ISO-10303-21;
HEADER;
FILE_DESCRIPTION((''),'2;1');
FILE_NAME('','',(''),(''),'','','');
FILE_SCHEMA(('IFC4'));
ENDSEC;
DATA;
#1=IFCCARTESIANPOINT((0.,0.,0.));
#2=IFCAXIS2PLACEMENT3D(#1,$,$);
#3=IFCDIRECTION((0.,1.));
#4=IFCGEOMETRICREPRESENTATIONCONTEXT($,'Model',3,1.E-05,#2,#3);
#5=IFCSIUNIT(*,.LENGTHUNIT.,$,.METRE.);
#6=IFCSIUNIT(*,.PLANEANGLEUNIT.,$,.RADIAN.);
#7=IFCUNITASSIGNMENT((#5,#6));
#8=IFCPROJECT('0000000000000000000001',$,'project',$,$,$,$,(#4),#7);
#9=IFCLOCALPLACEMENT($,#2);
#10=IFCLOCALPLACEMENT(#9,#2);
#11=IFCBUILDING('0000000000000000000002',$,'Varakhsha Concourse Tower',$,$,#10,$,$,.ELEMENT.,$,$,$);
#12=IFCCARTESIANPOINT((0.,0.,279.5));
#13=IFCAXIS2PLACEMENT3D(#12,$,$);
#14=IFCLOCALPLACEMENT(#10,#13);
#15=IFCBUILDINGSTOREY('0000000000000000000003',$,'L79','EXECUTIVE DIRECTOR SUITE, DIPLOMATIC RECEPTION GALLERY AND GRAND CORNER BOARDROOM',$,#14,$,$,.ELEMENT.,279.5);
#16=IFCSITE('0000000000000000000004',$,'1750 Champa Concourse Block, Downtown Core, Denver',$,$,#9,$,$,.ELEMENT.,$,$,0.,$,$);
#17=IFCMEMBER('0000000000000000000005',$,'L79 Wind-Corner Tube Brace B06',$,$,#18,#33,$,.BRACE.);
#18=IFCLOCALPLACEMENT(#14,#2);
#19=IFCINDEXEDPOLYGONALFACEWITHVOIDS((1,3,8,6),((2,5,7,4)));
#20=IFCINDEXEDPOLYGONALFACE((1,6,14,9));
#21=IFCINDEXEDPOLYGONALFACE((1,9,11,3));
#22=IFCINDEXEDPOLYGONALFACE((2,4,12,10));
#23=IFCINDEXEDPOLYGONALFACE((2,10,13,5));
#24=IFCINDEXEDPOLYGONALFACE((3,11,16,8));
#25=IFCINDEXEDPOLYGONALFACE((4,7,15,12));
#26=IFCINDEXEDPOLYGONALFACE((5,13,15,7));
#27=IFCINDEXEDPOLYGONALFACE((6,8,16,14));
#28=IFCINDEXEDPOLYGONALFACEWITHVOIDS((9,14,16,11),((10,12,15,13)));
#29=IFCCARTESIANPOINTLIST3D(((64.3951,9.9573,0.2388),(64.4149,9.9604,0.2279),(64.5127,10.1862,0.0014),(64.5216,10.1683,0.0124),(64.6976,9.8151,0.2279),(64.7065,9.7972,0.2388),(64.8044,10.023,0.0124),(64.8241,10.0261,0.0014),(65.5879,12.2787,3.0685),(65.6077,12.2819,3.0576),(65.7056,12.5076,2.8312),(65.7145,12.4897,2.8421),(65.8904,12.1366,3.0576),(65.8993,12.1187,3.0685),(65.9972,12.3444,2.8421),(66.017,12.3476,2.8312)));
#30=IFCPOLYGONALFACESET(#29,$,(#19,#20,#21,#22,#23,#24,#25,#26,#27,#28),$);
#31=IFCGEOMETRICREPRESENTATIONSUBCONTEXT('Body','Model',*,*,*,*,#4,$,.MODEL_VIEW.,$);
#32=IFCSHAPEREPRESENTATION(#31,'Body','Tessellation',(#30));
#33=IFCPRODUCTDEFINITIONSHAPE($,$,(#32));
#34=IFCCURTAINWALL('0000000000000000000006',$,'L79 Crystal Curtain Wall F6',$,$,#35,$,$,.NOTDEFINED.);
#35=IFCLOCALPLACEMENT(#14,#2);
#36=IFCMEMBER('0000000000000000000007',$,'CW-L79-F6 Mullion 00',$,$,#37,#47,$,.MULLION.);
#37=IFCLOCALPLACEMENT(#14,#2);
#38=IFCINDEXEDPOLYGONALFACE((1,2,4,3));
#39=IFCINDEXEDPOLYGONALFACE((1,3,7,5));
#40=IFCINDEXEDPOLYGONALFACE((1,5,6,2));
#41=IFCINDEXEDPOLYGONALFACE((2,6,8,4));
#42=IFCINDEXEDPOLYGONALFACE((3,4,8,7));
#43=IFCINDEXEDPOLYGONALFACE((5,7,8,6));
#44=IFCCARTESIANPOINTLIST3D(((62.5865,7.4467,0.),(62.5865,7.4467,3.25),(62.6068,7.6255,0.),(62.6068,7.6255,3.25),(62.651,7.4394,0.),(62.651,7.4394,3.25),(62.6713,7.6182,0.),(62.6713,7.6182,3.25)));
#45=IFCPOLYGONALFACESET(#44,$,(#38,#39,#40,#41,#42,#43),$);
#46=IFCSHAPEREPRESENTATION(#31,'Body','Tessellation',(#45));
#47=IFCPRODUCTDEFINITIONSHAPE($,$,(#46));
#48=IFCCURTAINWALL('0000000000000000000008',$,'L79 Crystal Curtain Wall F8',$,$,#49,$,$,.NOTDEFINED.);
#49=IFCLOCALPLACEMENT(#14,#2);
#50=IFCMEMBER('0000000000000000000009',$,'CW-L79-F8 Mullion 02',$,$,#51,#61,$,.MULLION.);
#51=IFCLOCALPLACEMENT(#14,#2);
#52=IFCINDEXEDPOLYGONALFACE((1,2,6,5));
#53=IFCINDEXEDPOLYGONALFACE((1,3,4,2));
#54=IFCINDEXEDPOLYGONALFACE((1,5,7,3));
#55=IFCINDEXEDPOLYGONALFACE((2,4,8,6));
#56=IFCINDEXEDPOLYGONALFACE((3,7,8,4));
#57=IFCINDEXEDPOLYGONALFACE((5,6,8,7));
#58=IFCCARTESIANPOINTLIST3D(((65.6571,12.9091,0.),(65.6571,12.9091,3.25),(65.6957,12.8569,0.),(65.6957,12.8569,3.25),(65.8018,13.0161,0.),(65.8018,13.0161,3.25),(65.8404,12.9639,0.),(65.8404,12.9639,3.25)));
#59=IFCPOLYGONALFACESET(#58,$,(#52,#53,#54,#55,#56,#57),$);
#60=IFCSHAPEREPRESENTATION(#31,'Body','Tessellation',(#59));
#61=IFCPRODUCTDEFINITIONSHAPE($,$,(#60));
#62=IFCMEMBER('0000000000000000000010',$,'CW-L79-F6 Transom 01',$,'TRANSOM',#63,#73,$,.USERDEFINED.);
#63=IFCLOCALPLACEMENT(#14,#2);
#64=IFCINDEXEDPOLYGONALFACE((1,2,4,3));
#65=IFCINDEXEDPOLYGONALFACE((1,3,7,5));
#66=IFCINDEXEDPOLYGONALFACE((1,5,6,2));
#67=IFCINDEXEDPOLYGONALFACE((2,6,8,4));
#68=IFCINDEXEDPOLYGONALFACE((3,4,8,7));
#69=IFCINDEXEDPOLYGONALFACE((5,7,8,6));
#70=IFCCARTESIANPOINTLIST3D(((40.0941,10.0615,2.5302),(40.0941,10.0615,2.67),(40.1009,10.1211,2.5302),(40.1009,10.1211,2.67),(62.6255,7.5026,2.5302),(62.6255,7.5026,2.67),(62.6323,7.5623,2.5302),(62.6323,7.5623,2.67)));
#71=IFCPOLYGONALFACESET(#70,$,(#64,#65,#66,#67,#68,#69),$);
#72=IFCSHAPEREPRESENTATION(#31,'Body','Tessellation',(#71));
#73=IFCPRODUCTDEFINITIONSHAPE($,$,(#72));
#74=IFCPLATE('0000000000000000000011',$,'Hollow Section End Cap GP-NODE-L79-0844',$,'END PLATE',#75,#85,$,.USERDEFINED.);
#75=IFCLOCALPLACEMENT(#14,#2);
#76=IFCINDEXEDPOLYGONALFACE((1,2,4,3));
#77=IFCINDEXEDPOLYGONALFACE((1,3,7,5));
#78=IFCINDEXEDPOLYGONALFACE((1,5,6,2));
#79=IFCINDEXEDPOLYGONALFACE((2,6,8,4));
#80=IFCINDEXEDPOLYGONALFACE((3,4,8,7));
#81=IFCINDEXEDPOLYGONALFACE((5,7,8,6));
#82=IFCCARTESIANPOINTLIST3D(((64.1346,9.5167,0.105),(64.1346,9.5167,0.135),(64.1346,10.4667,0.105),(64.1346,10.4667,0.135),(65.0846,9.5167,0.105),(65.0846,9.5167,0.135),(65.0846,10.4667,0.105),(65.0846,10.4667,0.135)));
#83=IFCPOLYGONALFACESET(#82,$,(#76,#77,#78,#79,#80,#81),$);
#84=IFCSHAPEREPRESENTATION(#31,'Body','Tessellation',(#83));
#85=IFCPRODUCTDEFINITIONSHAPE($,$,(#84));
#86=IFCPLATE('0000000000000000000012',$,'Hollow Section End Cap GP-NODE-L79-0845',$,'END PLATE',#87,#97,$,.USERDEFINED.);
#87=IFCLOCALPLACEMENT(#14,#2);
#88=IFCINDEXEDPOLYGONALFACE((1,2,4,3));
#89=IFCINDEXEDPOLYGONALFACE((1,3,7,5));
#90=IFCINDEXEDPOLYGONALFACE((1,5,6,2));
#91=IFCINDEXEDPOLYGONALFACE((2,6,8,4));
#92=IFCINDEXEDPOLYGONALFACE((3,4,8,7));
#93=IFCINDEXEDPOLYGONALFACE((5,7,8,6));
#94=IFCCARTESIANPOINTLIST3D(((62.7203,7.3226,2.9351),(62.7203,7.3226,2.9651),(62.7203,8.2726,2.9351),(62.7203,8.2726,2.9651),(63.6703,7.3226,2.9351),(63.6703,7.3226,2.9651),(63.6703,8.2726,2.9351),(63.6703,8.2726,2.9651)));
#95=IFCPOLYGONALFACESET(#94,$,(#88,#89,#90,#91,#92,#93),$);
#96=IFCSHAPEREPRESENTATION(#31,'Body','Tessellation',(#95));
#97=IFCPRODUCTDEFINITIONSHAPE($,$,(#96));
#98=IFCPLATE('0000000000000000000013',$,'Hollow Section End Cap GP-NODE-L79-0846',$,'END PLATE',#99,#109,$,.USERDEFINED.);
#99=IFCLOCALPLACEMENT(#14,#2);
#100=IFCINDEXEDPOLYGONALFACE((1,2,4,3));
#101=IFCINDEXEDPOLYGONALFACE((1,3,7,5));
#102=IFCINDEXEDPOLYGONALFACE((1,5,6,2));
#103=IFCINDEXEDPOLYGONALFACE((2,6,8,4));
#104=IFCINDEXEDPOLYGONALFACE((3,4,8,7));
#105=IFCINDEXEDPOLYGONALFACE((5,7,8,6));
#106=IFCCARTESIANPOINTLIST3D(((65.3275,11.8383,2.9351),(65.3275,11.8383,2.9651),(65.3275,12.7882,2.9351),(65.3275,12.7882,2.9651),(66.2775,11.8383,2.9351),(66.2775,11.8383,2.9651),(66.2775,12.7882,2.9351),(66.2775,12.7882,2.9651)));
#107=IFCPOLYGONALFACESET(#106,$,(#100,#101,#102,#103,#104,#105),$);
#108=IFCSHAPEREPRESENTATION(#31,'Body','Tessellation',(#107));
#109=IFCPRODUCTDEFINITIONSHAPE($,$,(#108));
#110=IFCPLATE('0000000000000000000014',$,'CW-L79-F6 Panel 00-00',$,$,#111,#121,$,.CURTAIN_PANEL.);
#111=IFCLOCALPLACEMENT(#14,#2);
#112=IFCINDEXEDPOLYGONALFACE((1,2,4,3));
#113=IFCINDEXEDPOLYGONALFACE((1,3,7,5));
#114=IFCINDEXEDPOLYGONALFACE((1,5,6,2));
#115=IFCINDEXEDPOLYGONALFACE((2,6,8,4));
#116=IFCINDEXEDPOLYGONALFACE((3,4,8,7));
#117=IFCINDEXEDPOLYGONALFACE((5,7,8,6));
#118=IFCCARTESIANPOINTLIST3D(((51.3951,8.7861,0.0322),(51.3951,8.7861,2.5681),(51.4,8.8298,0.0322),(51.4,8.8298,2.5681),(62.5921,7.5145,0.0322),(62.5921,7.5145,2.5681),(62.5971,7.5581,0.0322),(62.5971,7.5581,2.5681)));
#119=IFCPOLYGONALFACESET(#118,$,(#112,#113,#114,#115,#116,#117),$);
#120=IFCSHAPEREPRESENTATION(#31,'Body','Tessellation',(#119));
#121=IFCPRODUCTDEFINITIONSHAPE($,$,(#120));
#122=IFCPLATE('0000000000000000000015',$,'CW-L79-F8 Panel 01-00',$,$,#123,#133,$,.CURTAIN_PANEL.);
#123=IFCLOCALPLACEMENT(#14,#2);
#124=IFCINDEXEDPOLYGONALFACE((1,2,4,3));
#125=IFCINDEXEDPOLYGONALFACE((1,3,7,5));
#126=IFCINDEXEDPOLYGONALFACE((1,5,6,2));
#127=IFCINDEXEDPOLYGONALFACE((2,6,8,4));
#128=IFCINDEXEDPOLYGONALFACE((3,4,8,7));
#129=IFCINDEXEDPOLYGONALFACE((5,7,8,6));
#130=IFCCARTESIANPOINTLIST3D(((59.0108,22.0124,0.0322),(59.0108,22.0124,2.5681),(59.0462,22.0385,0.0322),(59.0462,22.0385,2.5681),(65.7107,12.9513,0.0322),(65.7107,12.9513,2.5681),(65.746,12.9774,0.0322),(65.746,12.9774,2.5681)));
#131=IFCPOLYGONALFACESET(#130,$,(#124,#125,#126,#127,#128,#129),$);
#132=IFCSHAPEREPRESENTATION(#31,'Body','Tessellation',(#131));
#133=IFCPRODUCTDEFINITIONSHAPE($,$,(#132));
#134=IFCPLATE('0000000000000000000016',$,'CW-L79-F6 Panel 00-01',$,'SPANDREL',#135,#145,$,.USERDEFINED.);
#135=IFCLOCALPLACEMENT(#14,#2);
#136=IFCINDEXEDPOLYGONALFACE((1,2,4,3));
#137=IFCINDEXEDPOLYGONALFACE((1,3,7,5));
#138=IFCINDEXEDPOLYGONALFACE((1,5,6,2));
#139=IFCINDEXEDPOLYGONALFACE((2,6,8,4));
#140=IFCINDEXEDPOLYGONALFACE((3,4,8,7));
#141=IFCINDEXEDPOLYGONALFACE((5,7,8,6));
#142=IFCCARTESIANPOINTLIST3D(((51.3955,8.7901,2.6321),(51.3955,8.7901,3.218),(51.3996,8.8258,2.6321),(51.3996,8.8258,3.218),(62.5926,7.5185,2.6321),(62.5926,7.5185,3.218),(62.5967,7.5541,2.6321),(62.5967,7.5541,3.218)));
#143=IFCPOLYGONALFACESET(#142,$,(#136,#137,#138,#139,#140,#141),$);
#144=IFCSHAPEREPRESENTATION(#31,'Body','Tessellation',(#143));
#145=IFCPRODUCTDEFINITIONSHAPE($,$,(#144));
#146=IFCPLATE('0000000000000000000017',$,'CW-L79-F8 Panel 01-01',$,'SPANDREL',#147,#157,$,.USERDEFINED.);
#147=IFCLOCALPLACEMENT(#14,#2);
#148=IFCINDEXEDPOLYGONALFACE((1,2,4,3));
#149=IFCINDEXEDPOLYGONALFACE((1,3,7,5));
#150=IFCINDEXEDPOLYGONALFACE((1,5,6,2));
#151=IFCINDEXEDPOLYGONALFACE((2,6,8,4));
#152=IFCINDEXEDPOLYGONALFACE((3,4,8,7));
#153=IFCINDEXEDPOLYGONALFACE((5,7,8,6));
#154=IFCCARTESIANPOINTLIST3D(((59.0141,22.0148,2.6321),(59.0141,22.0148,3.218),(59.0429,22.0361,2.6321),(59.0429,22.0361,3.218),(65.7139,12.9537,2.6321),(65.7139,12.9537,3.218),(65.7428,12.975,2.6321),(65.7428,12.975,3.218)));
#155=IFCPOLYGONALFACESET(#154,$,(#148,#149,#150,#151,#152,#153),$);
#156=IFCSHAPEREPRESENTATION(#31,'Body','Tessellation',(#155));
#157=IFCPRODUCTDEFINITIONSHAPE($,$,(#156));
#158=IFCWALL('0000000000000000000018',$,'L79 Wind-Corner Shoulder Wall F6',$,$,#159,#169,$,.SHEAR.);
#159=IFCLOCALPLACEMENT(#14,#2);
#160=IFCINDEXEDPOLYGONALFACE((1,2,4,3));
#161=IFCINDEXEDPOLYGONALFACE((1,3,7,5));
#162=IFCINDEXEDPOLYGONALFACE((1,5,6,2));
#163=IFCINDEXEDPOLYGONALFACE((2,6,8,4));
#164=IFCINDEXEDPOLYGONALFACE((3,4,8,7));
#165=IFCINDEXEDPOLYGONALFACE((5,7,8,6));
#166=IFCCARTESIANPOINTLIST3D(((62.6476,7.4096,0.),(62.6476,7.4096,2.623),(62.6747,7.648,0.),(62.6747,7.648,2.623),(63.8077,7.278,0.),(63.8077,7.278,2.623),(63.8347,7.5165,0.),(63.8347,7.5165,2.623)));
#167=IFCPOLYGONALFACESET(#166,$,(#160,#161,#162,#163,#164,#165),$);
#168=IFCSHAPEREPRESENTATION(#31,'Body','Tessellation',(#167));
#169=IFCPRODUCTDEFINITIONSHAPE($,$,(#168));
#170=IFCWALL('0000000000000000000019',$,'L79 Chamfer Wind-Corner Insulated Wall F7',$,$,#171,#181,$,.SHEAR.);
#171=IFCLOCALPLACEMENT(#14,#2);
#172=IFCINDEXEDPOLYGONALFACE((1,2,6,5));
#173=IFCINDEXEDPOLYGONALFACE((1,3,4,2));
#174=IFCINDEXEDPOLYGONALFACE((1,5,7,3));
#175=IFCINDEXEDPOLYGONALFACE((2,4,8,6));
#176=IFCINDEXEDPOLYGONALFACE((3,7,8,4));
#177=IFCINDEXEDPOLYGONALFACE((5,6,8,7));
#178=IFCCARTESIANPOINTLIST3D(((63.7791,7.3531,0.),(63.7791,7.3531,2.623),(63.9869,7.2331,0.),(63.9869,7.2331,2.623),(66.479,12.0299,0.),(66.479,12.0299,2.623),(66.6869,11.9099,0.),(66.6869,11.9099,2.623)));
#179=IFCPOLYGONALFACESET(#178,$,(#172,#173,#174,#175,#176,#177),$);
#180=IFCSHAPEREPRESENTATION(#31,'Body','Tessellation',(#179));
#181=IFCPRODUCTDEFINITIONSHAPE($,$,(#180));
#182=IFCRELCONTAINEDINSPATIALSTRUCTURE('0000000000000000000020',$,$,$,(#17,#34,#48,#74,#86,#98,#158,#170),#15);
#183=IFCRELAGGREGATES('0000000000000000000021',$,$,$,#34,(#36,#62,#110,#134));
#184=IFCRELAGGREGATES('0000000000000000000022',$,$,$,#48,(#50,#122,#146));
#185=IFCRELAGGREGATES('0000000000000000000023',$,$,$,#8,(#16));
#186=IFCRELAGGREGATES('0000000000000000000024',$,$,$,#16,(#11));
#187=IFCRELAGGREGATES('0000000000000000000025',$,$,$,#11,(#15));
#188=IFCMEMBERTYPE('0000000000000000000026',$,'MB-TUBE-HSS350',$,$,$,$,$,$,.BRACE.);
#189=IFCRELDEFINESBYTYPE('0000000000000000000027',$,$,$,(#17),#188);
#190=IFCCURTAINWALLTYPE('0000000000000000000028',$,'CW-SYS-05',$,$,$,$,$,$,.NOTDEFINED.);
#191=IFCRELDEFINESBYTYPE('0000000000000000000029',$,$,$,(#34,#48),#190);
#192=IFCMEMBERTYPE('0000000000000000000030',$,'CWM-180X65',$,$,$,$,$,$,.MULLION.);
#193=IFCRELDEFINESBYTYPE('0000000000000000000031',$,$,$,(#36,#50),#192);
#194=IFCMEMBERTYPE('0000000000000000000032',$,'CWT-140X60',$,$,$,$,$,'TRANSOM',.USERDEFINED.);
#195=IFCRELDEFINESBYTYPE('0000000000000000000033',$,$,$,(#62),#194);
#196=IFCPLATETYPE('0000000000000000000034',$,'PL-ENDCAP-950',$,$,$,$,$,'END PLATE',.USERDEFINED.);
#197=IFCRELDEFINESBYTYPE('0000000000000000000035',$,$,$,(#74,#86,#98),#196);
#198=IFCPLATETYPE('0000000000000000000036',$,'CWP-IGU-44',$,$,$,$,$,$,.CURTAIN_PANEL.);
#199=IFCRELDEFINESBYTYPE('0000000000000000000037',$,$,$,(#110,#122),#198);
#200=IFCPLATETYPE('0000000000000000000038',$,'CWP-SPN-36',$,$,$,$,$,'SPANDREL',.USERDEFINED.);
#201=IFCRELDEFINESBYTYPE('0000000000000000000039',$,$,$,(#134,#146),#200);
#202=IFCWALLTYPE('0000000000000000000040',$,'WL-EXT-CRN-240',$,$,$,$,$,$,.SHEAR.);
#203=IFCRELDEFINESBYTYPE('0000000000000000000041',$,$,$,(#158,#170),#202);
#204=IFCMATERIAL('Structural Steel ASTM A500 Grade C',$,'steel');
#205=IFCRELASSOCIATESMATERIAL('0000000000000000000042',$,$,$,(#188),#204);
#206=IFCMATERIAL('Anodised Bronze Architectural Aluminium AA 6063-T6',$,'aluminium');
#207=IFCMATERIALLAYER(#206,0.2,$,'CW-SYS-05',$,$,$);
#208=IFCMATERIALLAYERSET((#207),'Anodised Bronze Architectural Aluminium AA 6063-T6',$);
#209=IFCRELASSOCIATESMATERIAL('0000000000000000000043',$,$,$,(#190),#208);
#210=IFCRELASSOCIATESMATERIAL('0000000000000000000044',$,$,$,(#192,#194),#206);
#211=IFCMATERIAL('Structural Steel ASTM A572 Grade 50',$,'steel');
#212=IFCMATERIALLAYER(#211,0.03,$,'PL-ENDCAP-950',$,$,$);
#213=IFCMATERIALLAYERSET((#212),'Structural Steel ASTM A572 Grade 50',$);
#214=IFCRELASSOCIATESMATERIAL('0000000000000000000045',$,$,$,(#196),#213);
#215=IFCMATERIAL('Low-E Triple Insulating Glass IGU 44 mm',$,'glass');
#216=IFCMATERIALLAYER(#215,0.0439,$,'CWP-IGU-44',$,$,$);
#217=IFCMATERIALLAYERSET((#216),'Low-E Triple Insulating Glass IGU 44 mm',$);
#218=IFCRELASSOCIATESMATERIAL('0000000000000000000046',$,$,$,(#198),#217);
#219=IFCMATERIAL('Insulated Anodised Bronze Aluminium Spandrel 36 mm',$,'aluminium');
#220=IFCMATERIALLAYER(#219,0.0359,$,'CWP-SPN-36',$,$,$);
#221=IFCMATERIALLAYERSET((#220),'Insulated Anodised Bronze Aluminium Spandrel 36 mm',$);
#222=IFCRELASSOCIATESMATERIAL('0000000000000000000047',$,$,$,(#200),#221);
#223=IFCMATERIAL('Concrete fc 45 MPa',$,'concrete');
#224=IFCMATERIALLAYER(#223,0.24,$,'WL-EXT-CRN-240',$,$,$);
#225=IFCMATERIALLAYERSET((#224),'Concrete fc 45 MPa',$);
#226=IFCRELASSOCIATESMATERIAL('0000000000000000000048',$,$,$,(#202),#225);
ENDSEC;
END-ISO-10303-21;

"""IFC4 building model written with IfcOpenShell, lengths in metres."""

from ifc_helpers import new_model, si_unit, direction, frame, frame_2d, origin, origin_2d, place, context, subcontext, project, spatial, rectangle, hollow_rectangle, extrude, source, transform, mapped, material, layer, layer_set, material_profile, profile_set, type_object, type_shapes, element, aggregate, save


model = new_model("IFC4")

# Units and contexts
model_context = context("Model", 3, precision=1e-05, world=origin(), true_north=direction((0.0, 1.0)))
body_context = subcontext(model_context, "Body", "Model", "MODEL_VIEW")
ifc_project = project(units=[si_unit("LENGTHUNIT", "METRE"), si_unit("PLANEANGLEUNIT", "RADIAN")], contexts=[model_context])

# Site, building, storey
site_placement = place(None, origin())
site = spatial("IfcSite", under=ifc_project, at=site_placement, Name="1750 Champa Concourse Block, Downtown Core, Denver", CompositionType="ELEMENT", RefElevation=0.0)
building_placement = place(site_placement, origin())
building = spatial("IfcBuilding", under=site, at=building_placement, Name="Varakhsha Concourse Tower", CompositionType="ELEMENT")
storey_placement = place(building_placement, frame((0.0, 0.0, 279.5)))
storey = spatial("IfcBuildingStorey", under=building, at=storey_placement, Name="L79", Description="EXECUTIVE DIRECTOR SUITE, DIPLOMATIC RECEPTION GALLERY AND GRAND CORNER BOARDROOM", CompositionType="ELEMENT", Elevation=279.5)

# Shared definitions
ifc_material_1 = material(Name="Structural Steel ASTM A572 Grade 50", Category="steel")

# Member
ifc_material_2 = material(Name="Structural Steel ASTM A500 Grade C", Category="steel")
ifc_material_profile_1 = material_profile(ifc_material_2, hollow_rectangle(XDim=0.3501, YDim=0.3501, WallThickness=0.0161, at=origin_2d()), Name="HSS 350x350x16")
ifc_profile_set_1 = profile_set([ifc_material_profile_1], Name="Structural Steel ASTM A500 Grade C")
member_type_1 = type_object("IfcMemberType", Name="MB-TUBE-HSS350", PredefinedType="BRACE", material=ifc_profile_set_1)
shared_shape_1 = source(origin(), body_context, "Body", "SweptSolid", [
    extrude(hollow_rectangle(XDim=0.3501, YDim=0.3501, WallThickness=0.0161, at=origin_2d()), origin(), (0.0, 0.0, 1.0), 3.8496),
])
member_1_placement = place(storey_placement, frame((64.6096, 9.9917, 0.1201), z_axis=(0.309858, 0.603038, 0.735073), x_axis=(-0.889453, 0.457027, 0.0)))
element("IfcMember", 1, at=member_1_placement, inside=storey, type_object=member_type_1, Name="L79 Wind-Corner Tube Brace B06", PredefinedType="BRACE", context=body_context, shape_type="MappedRepresentation", body=[
    mapped(shared_shape_1, transform((0.0, 0.0, 0.0), scale=1.0)),
])

# Curtain walls, members
ifc_material_3 = material(Name="Anodised Bronze Architectural Aluminium AA 6063-T6", Category="aluminium")
ifc_layer_1 = layer(ifc_material_3, 0.2, Name="CW-SYS-05")
ifc_layer_set_1 = layer_set([ifc_layer_1], Name="Anodised Bronze Architectural Aluminium AA 6063-T6")
curtain_wall_type = type_object("IfcCurtainWallType", Name="CW-SYS-05", PredefinedType="NOTDEFINED", material=ifc_layer_set_1)
curtain_wall_1_placement = place(storey_placement, origin())
curtain_wall_1 = element("IfcCurtainWall", 2, at=curtain_wall_1_placement, inside=storey, type_object=curtain_wall_type, Name="L79 Crystal Curtain Wall F6", PredefinedType="NOTDEFINED")
ifc_material_profile_2 = material_profile(ifc_material_3, rectangle(XDim=0.0649, YDim=0.1799, at=origin_2d()), Name="CWM-180X65")
ifc_profile_set_2 = profile_set([ifc_material_profile_2], Name="Anodised Bronze Architectural Aluminium AA 6063-T6")
member_type_2 = type_object("IfcMemberType", Name="CWM-180X65", PredefinedType="MULLION", material=ifc_profile_set_2)
shared_shape_2 = source(origin(), body_context, "Body", "SweptSolid", [
    extrude(rectangle(XDim=0.0649, YDim=0.1799, at=origin_2d()), origin(), (0.0, 0.0, 1.0), 3.25),
])
type_shapes(member_type_2, [shared_shape_2])
member_2_placement = place(storey_placement, frame((62.6289, 7.5325, 0.0), z_axis=(0.0, 0.0, 1.0), x_axis=(-0.993613, 0.112844, 0.0)))
member_2 = element("IfcMember", 3, at=member_2_placement, type_object=member_type_2, Name="CW-L79-F6 Mullion 00", PredefinedType="MULLION", context=body_context, shape_type="MappedRepresentation", body=[
    mapped(shared_shape_2, transform((0.0, 0.0, 0.0), scale=1.0)),
])
curtain_wall_2_placement = place(storey_placement, origin())
curtain_wall_2 = element("IfcCurtainWall", 4, at=curtain_wall_2_placement, inside=storey, type_object=curtain_wall_type, Name="L79 Crystal Curtain Wall F8", PredefinedType="NOTDEFINED")
member_3_placement = place(storey_placement, frame((65.7488, 12.9365, 0.0), z_axis=(0.0, 0.0, 1.0), x_axis=(0.594534, -0.804071, 0.0)))
member_3 = element("IfcMember", 5, at=member_3_placement, type_object=member_type_2, Name="CW-L79-F8 Mullion 02", PredefinedType="MULLION", context=body_context, shape_type="MappedRepresentation", body=[
    mapped(shared_shape_2, transform((0.0, 0.0, 0.0), scale=1.0)),
])

# Member
ifc_material_profile_3 = material_profile(ifc_material_3, rectangle(XDim=0.0601, YDim=0.1399, at=origin_2d()), Name="CWT-140X60")
ifc_profile_set_3 = profile_set([ifc_material_profile_3], Name="Anodised Bronze Architectural Aluminium AA 6063-T6")
member_type_3 = type_object("IfcMemberType", Name="CWT-140X60", ElementType="TRANSOM", PredefinedType="USERDEFINED", material=ifc_profile_set_3)
shared_shape_3 = source(origin(), body_context, "Body", "SweptSolid", [
    extrude(rectangle(XDim=0.0601, YDim=0.1399, at=origin_2d()), origin(), (0.0, 0.0, 1.0), 22.6763),
])
type_shapes(member_type_3, [shared_shape_3])
member_4_placement = place(storey_placement, frame((62.6289, 7.5325, 2.6001), z_axis=(-0.993613, 0.112842, 0.0), x_axis=(-0.112842, -0.993613, 0.0)))
member_4 = element("IfcMember", 6, at=member_4_placement, type_object=member_type_3, Name="CW-L79-F6 Transom 01", ObjectType="TRANSOM", PredefinedType="USERDEFINED", context=body_context, shape_type="MappedRepresentation", body=[
    mapped(shared_shape_3, transform((0.0, 0.0, 0.0), scale=1.0)),
])

# Plates
ifc_layer_2 = layer(ifc_material_1, 0.03, Name="PL-ENDCAP-950")
ifc_layer_set_2 = layer_set([ifc_layer_2], Name="Structural Steel ASTM A572 Grade 50")
plate_type_1 = type_object("IfcPlateType", Name="PL-ENDCAP-950", ElementType="END PLATE", PredefinedType="USERDEFINED", material=ifc_layer_set_2)
shared_shape_4 = source(origin(), body_context, "Body", "SweptSolid", [
    extrude(rectangle(XDim=0.95, YDim=0.95, at=origin_2d()), origin(), (0.0, 0.0, 1.0), 0.03),
])
type_shapes(plate_type_1, [shared_shape_4])
for number, where, z_axis, x_axis, name in (
    (7, (64.6096, 9.9917, 0.105), (0.0, 0.0, 1.0), (1.0, 0.0, 0.0), "Hollow Section End Cap GP-NODE-L79-0844"),
    (8, (63.1953, 7.7976, 2.9351), (0.0, 0.0, 1.0), (1.0, 0.0, 0.0), "Hollow Section End Cap GP-NODE-L79-0845"),
    (9, (65.8025, 12.3132, 2.9351), (0.0, 0.0, 1.0), (1.0, 0.0, 0.0), "Hollow Section End Cap GP-NODE-L79-0846"),
):
    element("IfcPlate", number, at=place(storey_placement, frame(where, z_axis=z_axis, x_axis=x_axis)), inside=storey, type_object=plate_type_1, Name=name, ObjectType="END PLATE", PredefinedType="USERDEFINED", context=body_context, shape_type="MappedRepresentation", body=[
        mapped(shared_shape_4, transform((0.0, 0.0, 0.0), scale=1.0)),
    ])

# Plates
ifc_material_4 = material(Name="Low-E Triple Insulating Glass IGU 44 mm", Category="glass")
ifc_layer_3 = layer(ifc_material_4, 0.0439, Name="CWP-IGU-44")
ifc_layer_set_3 = layer_set([ifc_layer_3], Name="Low-E Triple Insulating Glass IGU 44 mm")
plate_type_2 = type_object("IfcPlateType", Name="CWP-IGU-44", PredefinedType="CURTAIN_PANEL", material=ifc_layer_set_3)
shared_shape_5 = source(origin(), body_context, "Body", "SweptSolid", [
    extrude(rectangle(XDim=11.269, YDim=0.0439, at=origin_2d()), origin(), (0.0, 0.0, 1.0), 2.5359),
])
type_shapes(plate_type_2, [shared_shape_5])
plate_1_placement = place(storey_placement, frame((56.9961, 8.1721, 0.0322), z_axis=(0.0, 0.0, 1.0), x_axis=(-0.993613, 0.112844, 0.0)))
plate_1 = element("IfcPlate", 10, at=plate_1_placement, type_object=plate_type_2, Name="CW-L79-F6 Panel 00-00", PredefinedType="CURTAIN_PANEL", context=body_context, shape_type="MappedRepresentation", body=[
    mapped(shared_shape_5, transform((0.0, 0.0, 0.0), scale=1.0)),
])
plate_2_placement = place(storey_placement, frame((62.3784, 17.4949, 0.0322), z_axis=(0.0, 0.0, 1.0), x_axis=(0.594534, -0.804071, 0.0)))
plate_2 = element("IfcPlate", 11, at=plate_2_placement, type_object=plate_type_2, Name="CW-L79-F8 Panel 01-00", PredefinedType="CURTAIN_PANEL", context=body_context, shape_type="MappedRepresentation", body=[
    mapped(shared_shape_5, transform((0.0, 0.0, 0.0), scale=1.0)),
])
ifc_material_5 = material(Name="Insulated Anodised Bronze Aluminium Spandrel 36 mm", Category="aluminium")
ifc_layer_4 = layer(ifc_material_5, 0.0359, Name="CWP-SPN-36")
ifc_layer_set_4 = layer_set([ifc_layer_4], Name="Insulated Anodised Bronze Aluminium Spandrel 36 mm")
plate_type_3 = type_object("IfcPlateType", Name="CWP-SPN-36", ElementType="SPANDREL", PredefinedType="USERDEFINED", material=ifc_layer_set_4)
shared_shape_6 = source(origin(), body_context, "Body", "SweptSolid", [
    extrude(rectangle(XDim=11.269, YDim=0.0359, at=origin_2d()), origin(), (0.0, 0.0, 1.0), 0.5859),
])
type_shapes(plate_type_3, [shared_shape_6])
plate_3_placement = place(storey_placement, frame((56.9961, 8.1721, 2.6321), z_axis=(0.0, 0.0, 1.0), x_axis=(-0.993613, 0.112844, 0.0)))
plate_3 = element("IfcPlate", 12, at=plate_3_placement, type_object=plate_type_3, Name="CW-L79-F6 Panel 00-01", ObjectType="SPANDREL", PredefinedType="USERDEFINED", context=body_context, shape_type="MappedRepresentation", body=[
    mapped(shared_shape_6, transform((0.0, 0.0, 0.0), scale=1.0)),
])
aggregate(curtain_wall_1, [member_2, member_4, plate_1, plate_3])
plate_4_placement = place(storey_placement, frame((62.3784, 17.4949, 2.6321), z_axis=(0.0, 0.0, 1.0), x_axis=(0.594534, -0.804071, 0.0)))
plate_4 = element("IfcPlate", 13, at=plate_4_placement, type_object=plate_type_3, Name="CW-L79-F8 Panel 01-01", ObjectType="SPANDREL", PredefinedType="USERDEFINED", context=body_context, shape_type="MappedRepresentation", body=[
    mapped(shared_shape_6, transform((0.0, 0.0, 0.0), scale=1.0)),
])
aggregate(curtain_wall_2, [member_3, plate_2, plate_4])

# Walls
ifc_material_6 = material(Name="Concrete fc 45 MPa", Category="concrete")
ifc_layer_5 = layer(ifc_material_6, 0.24, Name="WL-EXT-CRN-240")
ifc_layer_set_5 = layer_set([ifc_layer_5], Name="Concrete fc 45 MPa")
wall_type = type_object("IfcWallType", Name="WL-EXT-CRN-240", PredefinedType="SHEAR", material=ifc_layer_set_5)
wall_1_placement = place(storey_placement, frame((62.6611, 7.5288, 0.0), z_axis=(0.0, 0.0, 1.0), x_axis=(0.993629, -0.112703, 0.0)))
element("IfcWall", 14, at=wall_1_placement, inside=storey, type_object=wall_type, Name="L79 Wind-Corner Shoulder Wall F6", PredefinedType="SHEAR", context=body_context, shape_type="SweptSolid", body=[
    extrude(rectangle(XDim=1.1675, YDim=0.24, at=frame_2d((0.5837, 0.0))), origin(), (0.0, 0.0, 1.0), 2.623),
])
wall_2_placement = place(storey_placement, frame((66.583, 11.97, 0.0), z_axis=(0.0, 0.0, 1.0), x_axis=(-0.499976, -0.86604, 0.0)))
element("IfcWall", 15, at=wall_2_placement, inside=storey, type_object=wall_type, Name="L79 Chamfer Wind-Corner Insulated Wall F7", PredefinedType="SHEAR", context=body_context, shape_type="SweptSolid", body=[
    extrude(rectangle(XDim=5.4001, YDim=0.24, at=frame_2d((2.7002, 0.0))), origin(), (0.0, 0.0, 1.0), 2.623),
])

save(model, "model.ifc")
